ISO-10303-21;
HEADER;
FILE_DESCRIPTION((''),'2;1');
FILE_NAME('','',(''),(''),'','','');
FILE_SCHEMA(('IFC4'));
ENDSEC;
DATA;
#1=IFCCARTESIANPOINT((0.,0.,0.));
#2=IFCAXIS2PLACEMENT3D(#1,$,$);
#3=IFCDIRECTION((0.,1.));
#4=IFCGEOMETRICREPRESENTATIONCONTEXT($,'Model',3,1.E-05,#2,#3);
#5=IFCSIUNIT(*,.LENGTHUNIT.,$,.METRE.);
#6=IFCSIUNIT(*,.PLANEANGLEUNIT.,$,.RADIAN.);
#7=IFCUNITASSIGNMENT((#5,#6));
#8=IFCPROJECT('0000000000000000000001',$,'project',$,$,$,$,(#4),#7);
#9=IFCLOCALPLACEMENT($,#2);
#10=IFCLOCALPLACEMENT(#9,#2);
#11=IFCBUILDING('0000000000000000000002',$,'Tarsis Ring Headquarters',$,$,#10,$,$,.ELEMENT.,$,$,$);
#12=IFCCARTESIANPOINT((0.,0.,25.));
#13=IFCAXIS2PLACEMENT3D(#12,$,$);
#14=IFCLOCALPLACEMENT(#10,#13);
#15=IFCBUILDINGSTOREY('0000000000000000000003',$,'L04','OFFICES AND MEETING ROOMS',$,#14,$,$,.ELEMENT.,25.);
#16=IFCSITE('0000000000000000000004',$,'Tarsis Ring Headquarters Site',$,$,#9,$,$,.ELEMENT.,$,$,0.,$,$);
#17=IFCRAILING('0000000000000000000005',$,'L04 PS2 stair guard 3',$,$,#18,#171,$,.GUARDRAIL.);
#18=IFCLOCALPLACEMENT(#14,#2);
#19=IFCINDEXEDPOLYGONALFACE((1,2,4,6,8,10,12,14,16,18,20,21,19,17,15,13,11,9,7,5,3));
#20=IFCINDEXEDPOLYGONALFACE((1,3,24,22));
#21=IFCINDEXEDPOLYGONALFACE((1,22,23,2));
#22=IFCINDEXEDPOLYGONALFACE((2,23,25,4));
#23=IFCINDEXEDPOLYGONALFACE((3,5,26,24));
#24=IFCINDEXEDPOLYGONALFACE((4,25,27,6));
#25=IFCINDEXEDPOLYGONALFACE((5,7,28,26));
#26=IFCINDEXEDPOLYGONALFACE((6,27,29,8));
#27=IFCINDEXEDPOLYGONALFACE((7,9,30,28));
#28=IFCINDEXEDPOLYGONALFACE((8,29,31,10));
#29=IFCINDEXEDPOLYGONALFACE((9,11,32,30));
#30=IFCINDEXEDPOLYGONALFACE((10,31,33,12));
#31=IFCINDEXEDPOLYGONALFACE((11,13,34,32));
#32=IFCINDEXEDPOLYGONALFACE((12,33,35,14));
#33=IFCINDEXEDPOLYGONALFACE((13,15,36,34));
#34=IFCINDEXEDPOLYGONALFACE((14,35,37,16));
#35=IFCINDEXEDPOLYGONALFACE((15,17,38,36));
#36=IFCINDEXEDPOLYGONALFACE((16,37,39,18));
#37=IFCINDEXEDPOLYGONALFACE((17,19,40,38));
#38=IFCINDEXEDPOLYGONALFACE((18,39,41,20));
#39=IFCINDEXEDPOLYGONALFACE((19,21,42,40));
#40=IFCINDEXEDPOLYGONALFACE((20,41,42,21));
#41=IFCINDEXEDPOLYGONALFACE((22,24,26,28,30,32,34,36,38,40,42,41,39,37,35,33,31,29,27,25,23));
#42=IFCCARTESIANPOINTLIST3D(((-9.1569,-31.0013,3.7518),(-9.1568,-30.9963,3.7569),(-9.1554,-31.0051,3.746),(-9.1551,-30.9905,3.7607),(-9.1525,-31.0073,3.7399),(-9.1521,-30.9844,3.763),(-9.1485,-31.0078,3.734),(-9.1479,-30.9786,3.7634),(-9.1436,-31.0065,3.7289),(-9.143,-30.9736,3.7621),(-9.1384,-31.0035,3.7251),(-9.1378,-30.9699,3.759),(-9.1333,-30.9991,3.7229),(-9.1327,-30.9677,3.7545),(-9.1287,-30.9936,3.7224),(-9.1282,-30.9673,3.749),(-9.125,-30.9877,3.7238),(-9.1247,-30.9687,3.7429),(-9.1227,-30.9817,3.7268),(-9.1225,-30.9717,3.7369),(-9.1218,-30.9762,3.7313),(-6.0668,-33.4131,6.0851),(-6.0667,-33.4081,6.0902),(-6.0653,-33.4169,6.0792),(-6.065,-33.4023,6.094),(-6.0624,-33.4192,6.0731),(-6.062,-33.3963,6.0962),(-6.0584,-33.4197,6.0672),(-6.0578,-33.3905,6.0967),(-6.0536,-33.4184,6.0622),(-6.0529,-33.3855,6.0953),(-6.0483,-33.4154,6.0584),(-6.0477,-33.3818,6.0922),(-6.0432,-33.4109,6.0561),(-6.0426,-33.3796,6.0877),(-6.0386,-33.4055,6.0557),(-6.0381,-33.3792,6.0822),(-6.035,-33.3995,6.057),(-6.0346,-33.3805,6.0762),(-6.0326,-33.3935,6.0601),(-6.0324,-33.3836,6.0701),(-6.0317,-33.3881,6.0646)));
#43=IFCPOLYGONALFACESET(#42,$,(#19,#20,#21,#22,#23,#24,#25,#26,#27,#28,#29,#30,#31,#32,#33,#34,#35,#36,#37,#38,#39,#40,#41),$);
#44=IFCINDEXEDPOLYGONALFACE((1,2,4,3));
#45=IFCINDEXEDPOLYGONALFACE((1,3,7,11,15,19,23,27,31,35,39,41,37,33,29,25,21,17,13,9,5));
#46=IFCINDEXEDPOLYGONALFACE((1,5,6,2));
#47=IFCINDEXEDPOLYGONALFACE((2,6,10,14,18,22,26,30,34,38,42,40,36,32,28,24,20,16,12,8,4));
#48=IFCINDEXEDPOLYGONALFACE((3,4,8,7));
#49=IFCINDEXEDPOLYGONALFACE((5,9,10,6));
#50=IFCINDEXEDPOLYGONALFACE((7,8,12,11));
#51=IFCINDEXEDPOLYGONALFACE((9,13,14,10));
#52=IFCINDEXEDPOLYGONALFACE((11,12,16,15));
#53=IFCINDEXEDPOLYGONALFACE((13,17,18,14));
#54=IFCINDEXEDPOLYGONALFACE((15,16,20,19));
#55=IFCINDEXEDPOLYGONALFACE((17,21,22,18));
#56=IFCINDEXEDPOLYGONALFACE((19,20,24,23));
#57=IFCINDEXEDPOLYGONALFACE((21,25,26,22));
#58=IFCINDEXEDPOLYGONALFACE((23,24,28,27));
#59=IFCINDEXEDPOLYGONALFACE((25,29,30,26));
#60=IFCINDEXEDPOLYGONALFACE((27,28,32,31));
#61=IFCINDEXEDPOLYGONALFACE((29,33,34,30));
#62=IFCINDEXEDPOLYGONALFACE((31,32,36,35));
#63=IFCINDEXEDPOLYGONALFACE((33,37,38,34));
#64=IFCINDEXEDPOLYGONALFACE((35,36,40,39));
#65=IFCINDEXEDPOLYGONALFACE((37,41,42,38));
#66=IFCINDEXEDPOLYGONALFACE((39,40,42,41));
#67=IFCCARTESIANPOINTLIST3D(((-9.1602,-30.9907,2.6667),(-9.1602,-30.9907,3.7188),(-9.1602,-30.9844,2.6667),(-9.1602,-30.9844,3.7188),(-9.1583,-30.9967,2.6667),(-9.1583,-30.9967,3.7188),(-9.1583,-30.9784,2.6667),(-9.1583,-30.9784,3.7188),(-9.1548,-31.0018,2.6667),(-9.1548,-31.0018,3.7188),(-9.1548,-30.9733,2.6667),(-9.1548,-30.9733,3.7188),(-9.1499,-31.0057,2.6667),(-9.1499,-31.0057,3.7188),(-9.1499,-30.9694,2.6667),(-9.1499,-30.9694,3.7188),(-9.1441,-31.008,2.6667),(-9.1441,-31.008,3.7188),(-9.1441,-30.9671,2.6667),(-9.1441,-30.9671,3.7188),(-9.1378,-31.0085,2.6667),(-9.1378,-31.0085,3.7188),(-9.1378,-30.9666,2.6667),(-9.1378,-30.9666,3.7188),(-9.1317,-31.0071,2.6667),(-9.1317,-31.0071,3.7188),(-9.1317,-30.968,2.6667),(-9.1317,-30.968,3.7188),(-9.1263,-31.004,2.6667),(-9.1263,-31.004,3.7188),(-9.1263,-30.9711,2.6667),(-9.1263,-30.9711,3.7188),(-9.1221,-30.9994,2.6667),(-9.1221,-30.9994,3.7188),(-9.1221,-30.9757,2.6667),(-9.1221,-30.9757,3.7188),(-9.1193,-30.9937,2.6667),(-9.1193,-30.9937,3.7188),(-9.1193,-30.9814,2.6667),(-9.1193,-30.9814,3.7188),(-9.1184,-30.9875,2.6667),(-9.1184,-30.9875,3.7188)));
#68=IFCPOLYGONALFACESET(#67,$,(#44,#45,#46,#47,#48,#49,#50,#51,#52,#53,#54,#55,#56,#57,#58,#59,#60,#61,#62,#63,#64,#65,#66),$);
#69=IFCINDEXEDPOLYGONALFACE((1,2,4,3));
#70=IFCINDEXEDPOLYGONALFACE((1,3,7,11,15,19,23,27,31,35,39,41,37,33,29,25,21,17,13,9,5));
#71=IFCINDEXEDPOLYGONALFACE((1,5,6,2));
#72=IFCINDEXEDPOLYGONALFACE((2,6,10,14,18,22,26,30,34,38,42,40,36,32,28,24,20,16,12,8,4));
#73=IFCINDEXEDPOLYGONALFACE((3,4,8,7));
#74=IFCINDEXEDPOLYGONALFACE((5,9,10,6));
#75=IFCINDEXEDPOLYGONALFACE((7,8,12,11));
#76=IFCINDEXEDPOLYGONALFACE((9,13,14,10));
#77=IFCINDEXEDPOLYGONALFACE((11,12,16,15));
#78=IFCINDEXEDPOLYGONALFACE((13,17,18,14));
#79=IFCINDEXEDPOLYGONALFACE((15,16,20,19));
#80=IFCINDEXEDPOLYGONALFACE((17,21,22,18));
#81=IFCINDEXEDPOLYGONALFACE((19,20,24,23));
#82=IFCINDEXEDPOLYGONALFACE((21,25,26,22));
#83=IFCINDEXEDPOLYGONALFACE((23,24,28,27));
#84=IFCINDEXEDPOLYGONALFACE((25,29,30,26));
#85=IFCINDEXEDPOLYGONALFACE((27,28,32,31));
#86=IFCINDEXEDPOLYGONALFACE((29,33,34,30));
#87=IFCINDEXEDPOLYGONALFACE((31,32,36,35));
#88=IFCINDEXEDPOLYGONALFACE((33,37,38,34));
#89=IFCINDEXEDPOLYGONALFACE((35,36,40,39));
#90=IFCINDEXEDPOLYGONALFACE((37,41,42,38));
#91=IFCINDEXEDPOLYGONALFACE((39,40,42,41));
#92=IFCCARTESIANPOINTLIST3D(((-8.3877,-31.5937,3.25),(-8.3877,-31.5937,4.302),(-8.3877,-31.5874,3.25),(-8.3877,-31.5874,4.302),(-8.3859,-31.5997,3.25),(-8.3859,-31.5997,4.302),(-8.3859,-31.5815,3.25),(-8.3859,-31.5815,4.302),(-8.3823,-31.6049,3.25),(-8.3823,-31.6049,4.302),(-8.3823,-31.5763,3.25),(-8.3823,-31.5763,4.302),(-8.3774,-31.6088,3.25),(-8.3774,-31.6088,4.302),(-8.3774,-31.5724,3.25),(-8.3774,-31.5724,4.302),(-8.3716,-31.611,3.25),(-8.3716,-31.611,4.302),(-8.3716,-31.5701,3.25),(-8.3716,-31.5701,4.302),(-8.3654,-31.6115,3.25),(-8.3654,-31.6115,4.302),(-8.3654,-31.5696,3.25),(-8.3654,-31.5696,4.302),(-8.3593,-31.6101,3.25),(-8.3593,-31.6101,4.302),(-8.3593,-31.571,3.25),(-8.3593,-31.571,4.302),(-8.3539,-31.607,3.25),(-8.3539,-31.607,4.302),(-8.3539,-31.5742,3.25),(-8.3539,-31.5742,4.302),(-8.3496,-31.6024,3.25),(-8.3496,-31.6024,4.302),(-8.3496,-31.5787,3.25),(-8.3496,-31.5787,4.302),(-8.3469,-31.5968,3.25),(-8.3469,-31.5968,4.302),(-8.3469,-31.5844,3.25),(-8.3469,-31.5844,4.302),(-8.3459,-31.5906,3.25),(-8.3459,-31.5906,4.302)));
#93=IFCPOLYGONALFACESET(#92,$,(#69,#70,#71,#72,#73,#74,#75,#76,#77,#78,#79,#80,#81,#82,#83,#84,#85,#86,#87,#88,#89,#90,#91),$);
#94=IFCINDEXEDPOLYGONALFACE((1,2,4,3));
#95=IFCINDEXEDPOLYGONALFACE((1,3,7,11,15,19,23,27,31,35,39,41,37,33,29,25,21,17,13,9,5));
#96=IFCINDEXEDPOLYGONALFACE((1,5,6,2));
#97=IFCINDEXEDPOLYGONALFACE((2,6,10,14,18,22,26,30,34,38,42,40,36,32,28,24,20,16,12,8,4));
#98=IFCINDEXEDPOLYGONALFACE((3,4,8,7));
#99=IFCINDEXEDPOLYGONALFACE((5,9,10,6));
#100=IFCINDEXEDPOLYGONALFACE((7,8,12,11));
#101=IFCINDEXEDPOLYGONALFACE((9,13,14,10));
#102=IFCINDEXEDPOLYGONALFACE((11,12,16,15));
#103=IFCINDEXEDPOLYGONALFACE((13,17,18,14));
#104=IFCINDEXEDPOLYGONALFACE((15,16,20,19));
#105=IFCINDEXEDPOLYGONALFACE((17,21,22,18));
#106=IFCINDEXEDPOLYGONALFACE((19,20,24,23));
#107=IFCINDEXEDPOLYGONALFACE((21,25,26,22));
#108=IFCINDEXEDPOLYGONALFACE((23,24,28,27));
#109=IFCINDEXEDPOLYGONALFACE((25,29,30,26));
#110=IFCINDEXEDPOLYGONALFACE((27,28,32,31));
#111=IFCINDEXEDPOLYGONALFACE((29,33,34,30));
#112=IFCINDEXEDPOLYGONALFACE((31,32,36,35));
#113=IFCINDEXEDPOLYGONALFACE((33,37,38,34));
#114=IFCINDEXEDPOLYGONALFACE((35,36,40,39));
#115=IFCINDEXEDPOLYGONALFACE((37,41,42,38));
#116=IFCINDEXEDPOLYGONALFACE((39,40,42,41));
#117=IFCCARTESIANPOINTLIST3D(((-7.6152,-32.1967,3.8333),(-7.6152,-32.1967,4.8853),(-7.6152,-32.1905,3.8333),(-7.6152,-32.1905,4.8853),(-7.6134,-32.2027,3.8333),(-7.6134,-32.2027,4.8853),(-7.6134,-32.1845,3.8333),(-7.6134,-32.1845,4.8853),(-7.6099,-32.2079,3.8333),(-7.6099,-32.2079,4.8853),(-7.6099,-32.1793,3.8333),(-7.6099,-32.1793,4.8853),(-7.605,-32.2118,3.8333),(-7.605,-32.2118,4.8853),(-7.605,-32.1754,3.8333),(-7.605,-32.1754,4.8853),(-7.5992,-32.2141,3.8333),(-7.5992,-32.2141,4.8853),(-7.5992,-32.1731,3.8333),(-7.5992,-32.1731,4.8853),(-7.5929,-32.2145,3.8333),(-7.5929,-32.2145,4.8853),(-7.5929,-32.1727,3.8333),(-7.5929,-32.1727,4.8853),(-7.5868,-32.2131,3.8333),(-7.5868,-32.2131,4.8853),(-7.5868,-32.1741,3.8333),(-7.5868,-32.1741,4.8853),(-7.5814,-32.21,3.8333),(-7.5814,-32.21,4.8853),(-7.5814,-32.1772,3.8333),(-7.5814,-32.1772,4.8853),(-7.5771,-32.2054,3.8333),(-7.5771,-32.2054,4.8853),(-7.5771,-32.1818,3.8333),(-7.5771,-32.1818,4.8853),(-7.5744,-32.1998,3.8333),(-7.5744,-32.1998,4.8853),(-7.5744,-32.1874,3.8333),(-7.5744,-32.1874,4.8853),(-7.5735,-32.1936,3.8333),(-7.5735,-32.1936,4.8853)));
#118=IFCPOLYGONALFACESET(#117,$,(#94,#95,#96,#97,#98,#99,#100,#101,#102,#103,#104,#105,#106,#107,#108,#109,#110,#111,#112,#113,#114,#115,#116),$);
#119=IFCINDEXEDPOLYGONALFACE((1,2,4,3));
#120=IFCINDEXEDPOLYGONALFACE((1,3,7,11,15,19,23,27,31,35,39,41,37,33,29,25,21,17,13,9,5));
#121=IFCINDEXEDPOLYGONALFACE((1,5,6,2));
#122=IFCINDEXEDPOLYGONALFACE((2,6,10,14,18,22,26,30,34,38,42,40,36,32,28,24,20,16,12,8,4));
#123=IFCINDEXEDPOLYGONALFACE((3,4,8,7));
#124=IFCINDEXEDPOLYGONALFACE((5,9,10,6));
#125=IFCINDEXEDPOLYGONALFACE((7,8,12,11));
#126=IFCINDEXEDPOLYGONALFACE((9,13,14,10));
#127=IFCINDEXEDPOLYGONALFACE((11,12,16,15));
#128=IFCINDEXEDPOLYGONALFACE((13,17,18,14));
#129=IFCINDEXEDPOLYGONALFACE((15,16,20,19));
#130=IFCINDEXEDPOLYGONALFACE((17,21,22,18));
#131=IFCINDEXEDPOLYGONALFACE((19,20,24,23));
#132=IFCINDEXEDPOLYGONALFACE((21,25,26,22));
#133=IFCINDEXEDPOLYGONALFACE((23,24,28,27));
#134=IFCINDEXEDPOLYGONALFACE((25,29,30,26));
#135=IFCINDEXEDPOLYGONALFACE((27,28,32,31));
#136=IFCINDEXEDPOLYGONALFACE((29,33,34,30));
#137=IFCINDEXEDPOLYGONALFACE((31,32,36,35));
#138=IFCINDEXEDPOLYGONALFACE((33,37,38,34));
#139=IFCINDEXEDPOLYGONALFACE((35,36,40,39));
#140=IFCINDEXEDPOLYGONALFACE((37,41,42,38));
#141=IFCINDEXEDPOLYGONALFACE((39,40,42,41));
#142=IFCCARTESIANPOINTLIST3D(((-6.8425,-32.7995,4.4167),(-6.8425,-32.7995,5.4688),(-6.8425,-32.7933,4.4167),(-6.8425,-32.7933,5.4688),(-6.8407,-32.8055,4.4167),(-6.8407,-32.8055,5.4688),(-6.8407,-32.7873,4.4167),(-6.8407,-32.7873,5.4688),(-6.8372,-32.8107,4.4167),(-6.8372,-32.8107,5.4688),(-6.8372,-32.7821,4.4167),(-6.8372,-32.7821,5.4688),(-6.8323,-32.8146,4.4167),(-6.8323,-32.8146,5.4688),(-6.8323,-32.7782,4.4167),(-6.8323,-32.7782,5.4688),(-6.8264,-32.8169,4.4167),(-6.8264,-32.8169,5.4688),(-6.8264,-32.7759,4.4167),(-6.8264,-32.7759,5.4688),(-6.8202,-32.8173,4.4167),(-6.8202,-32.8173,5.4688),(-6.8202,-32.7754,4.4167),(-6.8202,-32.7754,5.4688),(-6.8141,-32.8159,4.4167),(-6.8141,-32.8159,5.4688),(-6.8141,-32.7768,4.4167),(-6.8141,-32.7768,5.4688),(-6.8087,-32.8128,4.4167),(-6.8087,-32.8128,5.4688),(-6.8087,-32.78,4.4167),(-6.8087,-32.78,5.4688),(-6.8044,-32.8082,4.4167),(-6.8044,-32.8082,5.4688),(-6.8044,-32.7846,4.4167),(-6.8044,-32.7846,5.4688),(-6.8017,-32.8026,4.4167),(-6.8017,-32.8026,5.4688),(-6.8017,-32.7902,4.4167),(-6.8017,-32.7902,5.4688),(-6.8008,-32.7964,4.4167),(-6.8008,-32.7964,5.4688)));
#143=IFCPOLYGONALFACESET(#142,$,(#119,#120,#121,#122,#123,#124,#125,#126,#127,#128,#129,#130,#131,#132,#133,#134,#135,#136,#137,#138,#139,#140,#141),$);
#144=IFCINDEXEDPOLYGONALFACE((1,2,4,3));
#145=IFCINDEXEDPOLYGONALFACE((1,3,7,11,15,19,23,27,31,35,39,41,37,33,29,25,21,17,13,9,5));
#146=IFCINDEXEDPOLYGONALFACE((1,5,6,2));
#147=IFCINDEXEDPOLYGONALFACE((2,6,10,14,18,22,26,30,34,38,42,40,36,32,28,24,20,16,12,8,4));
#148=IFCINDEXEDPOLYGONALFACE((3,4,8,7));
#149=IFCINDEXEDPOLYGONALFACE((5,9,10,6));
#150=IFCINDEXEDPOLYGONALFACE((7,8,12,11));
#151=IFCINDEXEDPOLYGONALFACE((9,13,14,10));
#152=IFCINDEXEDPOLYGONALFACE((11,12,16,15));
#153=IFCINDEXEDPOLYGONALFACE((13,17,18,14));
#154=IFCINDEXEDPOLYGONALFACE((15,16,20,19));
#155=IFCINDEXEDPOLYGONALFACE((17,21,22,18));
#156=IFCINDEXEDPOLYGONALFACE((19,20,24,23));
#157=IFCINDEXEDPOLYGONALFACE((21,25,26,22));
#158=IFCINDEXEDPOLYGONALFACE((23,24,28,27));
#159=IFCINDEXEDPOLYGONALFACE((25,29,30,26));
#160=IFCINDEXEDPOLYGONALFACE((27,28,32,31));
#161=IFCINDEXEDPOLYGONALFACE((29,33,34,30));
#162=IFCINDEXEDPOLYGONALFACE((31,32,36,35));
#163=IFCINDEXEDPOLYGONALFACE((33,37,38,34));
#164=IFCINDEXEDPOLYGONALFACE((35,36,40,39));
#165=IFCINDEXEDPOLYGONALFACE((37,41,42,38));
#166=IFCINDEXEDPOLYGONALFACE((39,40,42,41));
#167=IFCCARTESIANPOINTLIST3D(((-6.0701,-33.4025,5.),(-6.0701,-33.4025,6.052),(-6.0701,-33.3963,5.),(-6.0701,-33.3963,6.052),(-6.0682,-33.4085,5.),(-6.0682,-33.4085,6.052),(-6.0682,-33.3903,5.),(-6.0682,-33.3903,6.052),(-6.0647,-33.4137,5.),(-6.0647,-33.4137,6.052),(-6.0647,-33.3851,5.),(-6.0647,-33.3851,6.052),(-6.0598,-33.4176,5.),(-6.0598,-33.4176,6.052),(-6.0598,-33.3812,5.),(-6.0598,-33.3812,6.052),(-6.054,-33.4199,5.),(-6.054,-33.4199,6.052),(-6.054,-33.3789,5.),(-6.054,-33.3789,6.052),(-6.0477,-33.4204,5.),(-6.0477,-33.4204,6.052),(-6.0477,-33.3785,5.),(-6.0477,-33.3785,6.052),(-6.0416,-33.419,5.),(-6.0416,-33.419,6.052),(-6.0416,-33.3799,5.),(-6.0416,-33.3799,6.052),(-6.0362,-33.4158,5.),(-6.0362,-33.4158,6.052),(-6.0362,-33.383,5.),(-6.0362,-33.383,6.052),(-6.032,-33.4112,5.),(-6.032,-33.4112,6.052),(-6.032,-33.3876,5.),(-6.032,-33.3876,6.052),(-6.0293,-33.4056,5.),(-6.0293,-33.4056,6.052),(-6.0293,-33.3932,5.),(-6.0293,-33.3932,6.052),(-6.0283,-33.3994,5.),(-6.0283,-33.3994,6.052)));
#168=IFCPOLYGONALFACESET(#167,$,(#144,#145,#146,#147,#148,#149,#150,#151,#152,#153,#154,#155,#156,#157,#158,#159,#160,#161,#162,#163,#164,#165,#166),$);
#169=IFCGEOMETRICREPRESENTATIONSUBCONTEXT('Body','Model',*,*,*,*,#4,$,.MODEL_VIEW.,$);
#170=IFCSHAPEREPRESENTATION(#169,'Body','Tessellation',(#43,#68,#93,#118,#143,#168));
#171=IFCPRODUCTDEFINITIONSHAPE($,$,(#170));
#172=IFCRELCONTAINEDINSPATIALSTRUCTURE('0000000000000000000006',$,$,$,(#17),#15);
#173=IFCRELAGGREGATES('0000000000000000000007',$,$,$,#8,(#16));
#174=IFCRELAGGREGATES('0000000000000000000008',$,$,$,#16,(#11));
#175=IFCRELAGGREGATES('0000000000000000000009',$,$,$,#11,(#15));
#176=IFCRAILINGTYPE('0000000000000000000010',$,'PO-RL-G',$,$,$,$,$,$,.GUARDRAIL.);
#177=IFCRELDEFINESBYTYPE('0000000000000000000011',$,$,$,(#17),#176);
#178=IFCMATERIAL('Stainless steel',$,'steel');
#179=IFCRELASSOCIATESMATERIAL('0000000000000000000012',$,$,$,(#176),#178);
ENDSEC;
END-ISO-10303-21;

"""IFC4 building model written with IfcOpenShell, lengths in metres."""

from ifc_helpers import new_model, si_unit, direction, frame, origin, origin_2d, place, context, subcontext, project, spatial, circle, extrude, material, type_object, element, save


model = new_model("IFC4")

# Units and contexts
model_context = context("Model", 3, precision=1e-05, world=origin(), true_north=direction((0.0, 1.0)))
body_context = subcontext(model_context, "Body", "Model", "MODEL_VIEW")
ifc_project = project(units=[si_unit("LENGTHUNIT", "METRE"), si_unit("PLANEANGLEUNIT", "RADIAN")], contexts=[model_context])

# Site, building, storey
site_placement = place(None, origin())
site = spatial("IfcSite", under=ifc_project, at=site_placement, Name="Tarsis Ring Headquarters Site", CompositionType="ELEMENT", RefElevation=0.0)
building_placement = place(site_placement, origin())
building = spatial("IfcBuilding", under=site, at=building_placement, Name="Tarsis Ring Headquarters", CompositionType="ELEMENT")
storey_placement = place(building_placement, frame((0.0, 0.0, 25.0)))
storey = spatial("IfcBuildingStorey", under=building, at=storey_placement, Name="L04", Description="OFFICES AND MEETING ROOMS", CompositionType="ELEMENT", Elevation=25.0)

# Railing
ifc_material_1 = material(Name="Stainless steel", Category="steel")
railing_type_1 = type_object("IfcRailingType", Name="PO-RL-G", PredefinedType="GUARDRAIL", material=ifc_material_1)
railing_1_placement = place(storey_placement, frame((-9.1394, -30.9875, 2.6667)))
element("IfcRailing", 1, at=railing_1_placement, inside=storey, type_object=railing_type_1, Name="L04 PS2 stair guard 3", PredefinedType="GUARDRAIL", context=body_context, shape_type="SweptSolid", body=[
    extrude(circle(Radius=0.0239, at=origin_2d()), frame((0.0, 0.0, 1.0762), z_axis=(0.677387, -0.528712, 0.511479), x_axis=(0.615285, 0.788305, 0.0)), (0.0, 0.0, 1.0), 4.5618),
    extrude(circle(Radius=0.021, at=origin_2d()), origin(), (0.0, 0.0, 1.0), 1.052),
    extrude(circle(Radius=0.021, at=origin_2d()), frame((0.7725, -0.603, 0.5833)), (0.0, 0.0, 1.0), 1.052),
    extrude(circle(Radius=0.021, at=origin_2d()), frame((1.5449, -1.2061, 1.1665)), (0.0, 0.0, 1.0), 1.052),
    extrude(circle(Radius=0.021, at=origin_2d()), frame((2.3176, -1.8088, 1.75)), (0.0, 0.0, 1.0), 1.052),
    extrude(circle(Radius=0.021, at=origin_2d()), frame((3.0901, -2.4119, 2.3333)), (0.0, 0.0, 1.0), 1.052),
])

save(model, "model.ifc")
